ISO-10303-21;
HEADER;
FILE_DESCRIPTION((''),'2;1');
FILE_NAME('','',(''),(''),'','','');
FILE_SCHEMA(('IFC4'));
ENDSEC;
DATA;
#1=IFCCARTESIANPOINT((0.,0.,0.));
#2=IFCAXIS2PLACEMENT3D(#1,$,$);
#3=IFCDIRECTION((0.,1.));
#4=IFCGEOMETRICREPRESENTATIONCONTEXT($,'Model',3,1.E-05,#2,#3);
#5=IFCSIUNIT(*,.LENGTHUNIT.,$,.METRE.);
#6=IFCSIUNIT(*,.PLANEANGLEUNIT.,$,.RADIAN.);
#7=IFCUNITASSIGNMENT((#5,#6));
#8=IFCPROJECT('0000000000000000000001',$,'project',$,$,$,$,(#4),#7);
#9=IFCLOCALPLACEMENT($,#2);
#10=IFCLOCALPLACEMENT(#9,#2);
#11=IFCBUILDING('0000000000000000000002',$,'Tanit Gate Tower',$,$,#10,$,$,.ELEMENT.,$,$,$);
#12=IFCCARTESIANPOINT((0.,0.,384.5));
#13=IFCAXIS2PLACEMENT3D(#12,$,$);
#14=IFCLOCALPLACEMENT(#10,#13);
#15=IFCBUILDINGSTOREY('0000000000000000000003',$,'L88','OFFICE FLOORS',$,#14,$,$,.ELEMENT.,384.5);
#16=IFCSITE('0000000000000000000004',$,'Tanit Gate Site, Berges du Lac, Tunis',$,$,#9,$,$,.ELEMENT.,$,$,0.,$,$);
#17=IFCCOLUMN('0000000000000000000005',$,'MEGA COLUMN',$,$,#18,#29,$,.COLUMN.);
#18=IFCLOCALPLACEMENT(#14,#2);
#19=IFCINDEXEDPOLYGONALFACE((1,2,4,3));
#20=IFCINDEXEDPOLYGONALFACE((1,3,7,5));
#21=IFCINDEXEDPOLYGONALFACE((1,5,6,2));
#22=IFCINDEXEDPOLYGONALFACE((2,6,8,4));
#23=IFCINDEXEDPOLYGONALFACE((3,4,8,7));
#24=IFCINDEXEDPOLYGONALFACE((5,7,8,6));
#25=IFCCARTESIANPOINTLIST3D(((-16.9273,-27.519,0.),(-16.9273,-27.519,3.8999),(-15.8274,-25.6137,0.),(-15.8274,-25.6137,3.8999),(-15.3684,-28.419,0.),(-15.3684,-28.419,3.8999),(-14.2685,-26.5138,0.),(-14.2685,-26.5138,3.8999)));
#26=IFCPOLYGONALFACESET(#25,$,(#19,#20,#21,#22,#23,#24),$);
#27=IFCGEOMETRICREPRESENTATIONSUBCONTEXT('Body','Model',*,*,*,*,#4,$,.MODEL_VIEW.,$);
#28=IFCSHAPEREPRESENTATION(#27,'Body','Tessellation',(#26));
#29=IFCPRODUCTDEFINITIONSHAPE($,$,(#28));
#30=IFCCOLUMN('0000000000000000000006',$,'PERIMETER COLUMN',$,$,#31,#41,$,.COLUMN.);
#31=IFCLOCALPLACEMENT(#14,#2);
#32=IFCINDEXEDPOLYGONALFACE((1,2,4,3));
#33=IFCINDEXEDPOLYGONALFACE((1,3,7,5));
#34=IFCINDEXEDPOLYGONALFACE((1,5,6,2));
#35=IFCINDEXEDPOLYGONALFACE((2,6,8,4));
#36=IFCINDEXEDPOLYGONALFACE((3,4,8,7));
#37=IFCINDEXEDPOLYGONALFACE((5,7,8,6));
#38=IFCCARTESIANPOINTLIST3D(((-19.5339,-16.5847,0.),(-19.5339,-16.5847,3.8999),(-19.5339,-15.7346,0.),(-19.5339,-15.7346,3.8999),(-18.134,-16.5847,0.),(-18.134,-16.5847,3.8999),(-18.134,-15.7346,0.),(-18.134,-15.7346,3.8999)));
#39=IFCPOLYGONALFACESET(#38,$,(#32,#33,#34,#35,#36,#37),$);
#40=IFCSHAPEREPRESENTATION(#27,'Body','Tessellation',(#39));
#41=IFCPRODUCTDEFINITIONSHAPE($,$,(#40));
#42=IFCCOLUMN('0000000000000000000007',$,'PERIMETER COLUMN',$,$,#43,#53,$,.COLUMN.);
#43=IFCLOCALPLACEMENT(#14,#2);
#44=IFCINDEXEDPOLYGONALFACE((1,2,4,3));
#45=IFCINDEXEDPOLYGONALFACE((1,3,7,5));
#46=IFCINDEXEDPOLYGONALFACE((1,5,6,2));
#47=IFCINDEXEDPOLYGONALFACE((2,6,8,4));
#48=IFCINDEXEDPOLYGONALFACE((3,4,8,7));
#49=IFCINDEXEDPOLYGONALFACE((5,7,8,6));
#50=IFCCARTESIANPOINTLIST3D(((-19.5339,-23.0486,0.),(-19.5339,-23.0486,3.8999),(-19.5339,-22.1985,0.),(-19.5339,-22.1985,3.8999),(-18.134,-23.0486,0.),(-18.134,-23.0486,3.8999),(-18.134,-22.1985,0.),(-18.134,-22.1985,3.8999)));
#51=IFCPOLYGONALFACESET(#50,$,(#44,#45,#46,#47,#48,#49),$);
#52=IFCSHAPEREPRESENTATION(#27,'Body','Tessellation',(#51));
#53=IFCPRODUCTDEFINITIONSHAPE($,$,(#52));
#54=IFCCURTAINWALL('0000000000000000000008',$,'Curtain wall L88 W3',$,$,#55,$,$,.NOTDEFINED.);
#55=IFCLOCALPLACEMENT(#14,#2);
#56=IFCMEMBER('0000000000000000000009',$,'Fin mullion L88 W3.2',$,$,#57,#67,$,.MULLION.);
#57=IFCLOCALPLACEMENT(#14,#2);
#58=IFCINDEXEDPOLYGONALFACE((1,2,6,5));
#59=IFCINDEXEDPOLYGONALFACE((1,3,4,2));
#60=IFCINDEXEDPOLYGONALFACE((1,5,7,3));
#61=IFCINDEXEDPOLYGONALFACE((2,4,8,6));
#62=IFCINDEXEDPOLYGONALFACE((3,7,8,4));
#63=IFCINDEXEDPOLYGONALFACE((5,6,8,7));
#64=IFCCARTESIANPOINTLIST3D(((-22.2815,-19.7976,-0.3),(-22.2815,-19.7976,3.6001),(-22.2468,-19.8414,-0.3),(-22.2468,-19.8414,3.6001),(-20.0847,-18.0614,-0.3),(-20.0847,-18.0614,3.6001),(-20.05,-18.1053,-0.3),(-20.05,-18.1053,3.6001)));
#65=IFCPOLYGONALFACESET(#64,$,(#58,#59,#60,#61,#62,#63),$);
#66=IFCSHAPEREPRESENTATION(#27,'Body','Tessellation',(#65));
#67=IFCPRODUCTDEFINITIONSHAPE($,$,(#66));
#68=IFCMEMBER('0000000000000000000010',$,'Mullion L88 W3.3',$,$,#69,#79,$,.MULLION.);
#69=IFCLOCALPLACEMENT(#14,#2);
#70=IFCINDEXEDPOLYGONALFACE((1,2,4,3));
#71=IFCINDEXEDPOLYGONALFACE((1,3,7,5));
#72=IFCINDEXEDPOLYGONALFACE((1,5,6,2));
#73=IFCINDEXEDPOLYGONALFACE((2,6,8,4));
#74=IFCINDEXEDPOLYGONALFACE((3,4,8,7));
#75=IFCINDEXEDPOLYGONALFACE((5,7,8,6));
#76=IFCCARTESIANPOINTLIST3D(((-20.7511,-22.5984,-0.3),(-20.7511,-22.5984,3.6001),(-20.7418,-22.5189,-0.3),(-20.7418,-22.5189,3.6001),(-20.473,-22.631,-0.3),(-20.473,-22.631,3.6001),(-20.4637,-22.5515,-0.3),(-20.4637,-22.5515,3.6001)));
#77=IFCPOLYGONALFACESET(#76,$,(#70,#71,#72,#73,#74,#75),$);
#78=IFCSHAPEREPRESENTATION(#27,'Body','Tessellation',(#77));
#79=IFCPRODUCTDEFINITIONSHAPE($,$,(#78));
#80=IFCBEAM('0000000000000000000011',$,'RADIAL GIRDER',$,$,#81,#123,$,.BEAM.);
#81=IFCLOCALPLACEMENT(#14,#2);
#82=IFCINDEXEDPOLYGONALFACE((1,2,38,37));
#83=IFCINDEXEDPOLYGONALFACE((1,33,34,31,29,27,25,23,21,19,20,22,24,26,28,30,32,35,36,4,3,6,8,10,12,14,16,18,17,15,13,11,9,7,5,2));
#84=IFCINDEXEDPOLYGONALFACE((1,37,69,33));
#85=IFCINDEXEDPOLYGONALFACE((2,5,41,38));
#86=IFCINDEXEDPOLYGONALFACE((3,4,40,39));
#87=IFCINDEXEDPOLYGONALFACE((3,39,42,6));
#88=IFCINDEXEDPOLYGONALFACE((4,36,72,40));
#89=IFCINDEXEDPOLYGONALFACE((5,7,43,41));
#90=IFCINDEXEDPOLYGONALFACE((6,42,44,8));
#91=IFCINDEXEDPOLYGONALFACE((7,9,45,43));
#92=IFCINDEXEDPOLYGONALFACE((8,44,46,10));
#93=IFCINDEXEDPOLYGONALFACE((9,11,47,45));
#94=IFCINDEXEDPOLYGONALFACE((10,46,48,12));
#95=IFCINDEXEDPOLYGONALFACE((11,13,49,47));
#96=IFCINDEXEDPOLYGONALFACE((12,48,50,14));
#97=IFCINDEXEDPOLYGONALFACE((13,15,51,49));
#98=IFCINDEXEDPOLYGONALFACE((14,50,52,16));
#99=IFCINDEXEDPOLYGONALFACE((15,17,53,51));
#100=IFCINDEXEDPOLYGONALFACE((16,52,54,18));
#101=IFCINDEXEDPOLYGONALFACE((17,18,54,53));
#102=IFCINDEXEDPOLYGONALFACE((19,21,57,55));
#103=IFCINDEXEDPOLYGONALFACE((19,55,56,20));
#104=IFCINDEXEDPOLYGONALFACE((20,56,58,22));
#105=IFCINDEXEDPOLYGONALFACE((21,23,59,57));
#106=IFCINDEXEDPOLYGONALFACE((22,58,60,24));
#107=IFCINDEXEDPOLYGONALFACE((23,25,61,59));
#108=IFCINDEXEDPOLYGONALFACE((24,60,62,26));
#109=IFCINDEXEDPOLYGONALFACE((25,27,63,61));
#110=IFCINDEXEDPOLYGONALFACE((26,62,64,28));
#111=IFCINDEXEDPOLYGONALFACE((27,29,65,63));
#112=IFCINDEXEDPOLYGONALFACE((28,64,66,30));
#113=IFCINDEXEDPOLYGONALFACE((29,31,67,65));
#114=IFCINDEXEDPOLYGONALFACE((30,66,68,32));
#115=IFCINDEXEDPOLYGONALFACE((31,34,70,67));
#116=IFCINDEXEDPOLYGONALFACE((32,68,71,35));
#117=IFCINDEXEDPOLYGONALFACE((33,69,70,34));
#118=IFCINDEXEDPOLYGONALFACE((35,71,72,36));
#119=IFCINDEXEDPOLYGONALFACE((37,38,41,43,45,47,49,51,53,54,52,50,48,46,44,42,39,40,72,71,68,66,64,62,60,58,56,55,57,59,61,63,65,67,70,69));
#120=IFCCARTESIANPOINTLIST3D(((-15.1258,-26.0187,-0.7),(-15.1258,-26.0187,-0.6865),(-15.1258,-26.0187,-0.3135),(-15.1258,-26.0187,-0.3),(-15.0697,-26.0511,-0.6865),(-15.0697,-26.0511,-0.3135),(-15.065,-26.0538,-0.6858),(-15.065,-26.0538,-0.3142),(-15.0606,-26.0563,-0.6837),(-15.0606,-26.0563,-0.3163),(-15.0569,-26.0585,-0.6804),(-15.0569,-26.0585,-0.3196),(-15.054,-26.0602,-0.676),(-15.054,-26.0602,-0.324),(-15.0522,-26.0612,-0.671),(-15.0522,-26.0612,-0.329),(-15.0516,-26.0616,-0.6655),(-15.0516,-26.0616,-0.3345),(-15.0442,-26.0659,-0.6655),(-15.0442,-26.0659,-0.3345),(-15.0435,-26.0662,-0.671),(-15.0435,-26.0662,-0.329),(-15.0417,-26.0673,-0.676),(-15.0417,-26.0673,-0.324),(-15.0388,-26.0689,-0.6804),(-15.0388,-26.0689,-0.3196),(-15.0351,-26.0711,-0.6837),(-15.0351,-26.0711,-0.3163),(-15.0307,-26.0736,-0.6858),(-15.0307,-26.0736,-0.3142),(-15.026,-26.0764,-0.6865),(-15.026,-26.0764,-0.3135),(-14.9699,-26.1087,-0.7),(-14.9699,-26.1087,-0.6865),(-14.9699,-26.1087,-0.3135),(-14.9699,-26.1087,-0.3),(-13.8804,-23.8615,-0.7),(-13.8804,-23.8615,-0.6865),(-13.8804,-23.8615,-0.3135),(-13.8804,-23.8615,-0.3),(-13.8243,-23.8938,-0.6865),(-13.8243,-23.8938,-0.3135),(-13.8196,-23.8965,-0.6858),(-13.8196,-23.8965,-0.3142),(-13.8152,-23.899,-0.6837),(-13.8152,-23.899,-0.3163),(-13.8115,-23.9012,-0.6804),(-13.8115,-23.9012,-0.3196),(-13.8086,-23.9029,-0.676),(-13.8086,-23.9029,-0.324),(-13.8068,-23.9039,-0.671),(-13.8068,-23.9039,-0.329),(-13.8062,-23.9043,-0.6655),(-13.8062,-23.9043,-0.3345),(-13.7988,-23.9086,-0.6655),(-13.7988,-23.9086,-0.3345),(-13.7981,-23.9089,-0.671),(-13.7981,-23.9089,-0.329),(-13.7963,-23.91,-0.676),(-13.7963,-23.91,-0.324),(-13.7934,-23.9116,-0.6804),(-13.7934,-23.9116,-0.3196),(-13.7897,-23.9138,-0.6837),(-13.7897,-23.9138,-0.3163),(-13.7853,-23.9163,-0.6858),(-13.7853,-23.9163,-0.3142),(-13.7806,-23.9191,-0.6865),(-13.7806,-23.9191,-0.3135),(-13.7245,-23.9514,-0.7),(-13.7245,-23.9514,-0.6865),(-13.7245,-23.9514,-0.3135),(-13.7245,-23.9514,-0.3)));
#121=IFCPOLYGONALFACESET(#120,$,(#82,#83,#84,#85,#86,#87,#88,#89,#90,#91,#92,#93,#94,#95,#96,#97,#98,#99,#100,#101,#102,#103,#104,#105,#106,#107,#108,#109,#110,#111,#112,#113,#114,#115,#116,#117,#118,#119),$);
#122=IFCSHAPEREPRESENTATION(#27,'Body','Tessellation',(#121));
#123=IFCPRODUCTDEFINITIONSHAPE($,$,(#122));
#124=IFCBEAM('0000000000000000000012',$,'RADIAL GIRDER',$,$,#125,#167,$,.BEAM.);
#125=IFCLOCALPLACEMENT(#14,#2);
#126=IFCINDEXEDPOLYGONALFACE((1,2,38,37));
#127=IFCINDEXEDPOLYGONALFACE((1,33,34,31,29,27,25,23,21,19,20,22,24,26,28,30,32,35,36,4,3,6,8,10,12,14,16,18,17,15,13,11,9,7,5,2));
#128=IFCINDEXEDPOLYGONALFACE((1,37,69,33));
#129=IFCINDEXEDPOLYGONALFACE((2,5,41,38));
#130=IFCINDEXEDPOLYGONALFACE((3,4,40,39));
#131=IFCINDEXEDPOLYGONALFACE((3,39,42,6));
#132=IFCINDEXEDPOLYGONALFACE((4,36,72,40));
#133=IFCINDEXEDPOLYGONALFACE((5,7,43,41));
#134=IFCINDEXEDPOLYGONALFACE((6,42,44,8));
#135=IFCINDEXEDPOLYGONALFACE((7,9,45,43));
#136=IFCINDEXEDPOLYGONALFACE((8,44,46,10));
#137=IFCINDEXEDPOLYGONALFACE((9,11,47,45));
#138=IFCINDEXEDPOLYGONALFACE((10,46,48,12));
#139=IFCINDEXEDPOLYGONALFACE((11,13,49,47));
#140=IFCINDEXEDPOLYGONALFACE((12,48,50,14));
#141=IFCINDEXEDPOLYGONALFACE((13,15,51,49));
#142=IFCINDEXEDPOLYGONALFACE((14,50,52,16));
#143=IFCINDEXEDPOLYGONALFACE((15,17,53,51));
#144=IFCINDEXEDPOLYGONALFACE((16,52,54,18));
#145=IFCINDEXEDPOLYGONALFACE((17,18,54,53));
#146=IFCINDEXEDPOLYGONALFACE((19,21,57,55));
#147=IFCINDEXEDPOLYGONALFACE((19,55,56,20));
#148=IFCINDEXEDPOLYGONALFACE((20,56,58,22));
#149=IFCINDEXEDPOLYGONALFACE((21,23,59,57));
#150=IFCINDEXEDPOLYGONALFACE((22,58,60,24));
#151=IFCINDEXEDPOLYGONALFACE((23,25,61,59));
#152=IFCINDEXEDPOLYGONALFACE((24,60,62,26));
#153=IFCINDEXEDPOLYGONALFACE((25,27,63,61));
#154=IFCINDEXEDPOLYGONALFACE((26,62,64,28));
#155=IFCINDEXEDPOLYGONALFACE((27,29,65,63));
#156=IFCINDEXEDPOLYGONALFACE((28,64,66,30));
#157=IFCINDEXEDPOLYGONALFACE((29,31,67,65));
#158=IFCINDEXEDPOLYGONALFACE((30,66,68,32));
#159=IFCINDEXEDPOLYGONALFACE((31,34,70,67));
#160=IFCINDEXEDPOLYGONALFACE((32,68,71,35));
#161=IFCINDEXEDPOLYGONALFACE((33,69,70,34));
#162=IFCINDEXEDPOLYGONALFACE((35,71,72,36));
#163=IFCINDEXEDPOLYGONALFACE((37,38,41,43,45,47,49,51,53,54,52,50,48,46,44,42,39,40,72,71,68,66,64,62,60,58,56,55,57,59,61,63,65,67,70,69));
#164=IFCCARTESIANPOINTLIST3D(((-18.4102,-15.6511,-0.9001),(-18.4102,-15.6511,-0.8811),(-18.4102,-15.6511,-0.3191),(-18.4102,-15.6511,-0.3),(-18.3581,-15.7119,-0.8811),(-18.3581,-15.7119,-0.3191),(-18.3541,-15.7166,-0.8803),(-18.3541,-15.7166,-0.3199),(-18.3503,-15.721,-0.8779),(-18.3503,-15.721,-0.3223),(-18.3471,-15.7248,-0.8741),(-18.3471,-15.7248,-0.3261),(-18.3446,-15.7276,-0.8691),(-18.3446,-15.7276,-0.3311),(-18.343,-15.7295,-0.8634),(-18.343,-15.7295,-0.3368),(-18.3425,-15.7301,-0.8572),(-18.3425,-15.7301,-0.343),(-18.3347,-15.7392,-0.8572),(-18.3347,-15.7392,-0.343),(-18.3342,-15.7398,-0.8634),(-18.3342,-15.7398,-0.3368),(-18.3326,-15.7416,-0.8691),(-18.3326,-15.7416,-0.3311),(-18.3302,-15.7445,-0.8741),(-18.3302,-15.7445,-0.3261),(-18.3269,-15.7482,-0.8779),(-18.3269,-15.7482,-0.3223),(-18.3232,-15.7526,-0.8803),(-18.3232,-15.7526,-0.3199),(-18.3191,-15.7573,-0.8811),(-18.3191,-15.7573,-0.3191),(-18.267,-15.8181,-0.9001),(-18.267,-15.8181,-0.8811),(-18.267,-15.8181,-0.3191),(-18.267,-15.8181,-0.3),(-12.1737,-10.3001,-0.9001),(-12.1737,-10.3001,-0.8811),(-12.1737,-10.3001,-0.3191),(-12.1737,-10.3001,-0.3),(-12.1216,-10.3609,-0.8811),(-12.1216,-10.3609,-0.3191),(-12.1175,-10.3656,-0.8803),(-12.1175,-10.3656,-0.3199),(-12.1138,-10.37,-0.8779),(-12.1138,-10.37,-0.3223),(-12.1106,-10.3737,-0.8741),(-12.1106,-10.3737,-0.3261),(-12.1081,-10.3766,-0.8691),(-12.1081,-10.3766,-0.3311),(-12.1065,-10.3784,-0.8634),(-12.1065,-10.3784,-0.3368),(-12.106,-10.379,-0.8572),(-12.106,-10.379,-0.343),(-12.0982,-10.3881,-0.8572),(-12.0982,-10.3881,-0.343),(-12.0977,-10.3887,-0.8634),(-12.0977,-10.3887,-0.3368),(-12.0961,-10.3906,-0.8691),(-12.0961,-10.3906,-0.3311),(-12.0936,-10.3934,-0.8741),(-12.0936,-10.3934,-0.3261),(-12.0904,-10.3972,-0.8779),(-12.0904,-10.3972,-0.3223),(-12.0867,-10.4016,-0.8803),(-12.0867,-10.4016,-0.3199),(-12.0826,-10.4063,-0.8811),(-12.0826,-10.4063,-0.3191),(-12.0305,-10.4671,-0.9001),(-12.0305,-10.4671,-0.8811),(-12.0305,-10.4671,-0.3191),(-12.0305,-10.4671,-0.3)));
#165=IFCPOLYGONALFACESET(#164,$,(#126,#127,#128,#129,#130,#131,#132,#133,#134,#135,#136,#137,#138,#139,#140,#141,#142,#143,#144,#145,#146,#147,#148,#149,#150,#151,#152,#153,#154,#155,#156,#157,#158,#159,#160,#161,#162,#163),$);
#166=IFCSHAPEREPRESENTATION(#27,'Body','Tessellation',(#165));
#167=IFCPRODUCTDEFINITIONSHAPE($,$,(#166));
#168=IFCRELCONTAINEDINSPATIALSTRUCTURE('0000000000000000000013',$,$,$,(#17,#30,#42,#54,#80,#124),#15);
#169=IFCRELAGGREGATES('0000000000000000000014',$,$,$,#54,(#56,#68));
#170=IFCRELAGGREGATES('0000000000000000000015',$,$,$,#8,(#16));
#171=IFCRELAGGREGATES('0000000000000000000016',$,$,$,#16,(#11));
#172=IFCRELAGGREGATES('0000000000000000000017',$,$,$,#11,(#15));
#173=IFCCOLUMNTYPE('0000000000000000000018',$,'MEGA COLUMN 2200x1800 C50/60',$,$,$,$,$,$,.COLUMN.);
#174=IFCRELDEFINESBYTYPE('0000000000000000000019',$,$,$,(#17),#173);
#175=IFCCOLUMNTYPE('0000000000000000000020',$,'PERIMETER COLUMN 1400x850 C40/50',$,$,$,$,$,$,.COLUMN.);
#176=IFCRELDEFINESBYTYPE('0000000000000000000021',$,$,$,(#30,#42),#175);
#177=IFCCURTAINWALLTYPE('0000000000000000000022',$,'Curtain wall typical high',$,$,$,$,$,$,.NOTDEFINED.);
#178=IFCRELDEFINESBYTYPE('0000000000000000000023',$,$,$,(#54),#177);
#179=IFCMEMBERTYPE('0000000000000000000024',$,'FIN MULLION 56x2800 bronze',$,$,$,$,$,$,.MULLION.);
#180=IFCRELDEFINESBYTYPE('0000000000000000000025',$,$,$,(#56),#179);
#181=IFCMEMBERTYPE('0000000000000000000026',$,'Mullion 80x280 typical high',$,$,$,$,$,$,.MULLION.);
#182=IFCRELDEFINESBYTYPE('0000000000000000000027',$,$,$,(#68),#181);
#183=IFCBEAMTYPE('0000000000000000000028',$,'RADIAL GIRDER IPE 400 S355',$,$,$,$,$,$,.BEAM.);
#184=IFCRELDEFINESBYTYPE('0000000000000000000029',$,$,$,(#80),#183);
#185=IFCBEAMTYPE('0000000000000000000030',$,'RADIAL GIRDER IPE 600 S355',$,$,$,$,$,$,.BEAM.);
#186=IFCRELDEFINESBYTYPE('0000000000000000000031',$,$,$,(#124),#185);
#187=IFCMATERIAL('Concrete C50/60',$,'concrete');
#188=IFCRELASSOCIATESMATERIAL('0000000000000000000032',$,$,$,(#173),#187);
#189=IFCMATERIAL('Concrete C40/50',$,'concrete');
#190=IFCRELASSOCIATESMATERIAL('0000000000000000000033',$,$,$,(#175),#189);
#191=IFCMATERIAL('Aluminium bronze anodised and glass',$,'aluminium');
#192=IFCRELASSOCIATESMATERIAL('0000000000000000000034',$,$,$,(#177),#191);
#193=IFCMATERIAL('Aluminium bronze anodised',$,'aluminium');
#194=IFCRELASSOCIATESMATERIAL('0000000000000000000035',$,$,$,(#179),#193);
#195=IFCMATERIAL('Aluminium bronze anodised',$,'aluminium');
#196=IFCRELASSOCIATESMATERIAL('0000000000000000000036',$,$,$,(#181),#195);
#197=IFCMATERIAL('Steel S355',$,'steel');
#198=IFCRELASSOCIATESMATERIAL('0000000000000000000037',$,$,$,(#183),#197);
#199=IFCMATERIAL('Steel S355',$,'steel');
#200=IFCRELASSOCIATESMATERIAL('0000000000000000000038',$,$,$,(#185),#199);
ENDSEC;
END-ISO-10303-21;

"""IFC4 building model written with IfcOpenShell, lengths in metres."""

from ifc_helpers import new_model, si_unit, direction, frame, origin, origin_2d, place, context, subcontext, project, spatial, rectangle, i_section, extrude, material, material_profile, profile_set, type_object, element, aggregate, save


model = new_model("IFC4")

# Units and contexts
model_context = context("Model", 3, precision=1e-05, world=origin(), true_north=direction((0.0, 1.0)))
body_context = subcontext(model_context, "Body", "Model", "MODEL_VIEW")
ifc_project = project(units=[si_unit("LENGTHUNIT", "METRE"), si_unit("PLANEANGLEUNIT", "RADIAN")], contexts=[model_context])

# Site, building, storey
site_placement = place(None, origin())
site = spatial("IfcSite", under=ifc_project, at=site_placement, Name="Tanit Gate Site, Berges du Lac, Tunis", CompositionType="ELEMENT", RefElevation=0.0)
building_placement = place(site_placement, origin())
building = spatial("IfcBuilding", under=site, at=building_placement, Name="Tanit Gate Tower", CompositionType="ELEMENT")
storey_placement = place(building_placement, frame((0.0, 0.0, 384.5)))
storey = spatial("IfcBuildingStorey", under=building, at=storey_placement, Name="L88", Description="OFFICE FLOORS", CompositionType="ELEMENT", Elevation=384.5)

# Columns
ifc_material_1 = material(Name="Concrete C50/60", Category="concrete")
ifc_material_profile_1 = material_profile(ifc_material_1, rectangle(XDim=2.2, YDim=1.8, at=origin_2d()), Name="RC 2200x1800")
ifc_profile_set_1 = profile_set([ifc_material_profile_1], Name="Concrete C50/60")
column_type_1 = type_object("IfcColumnType", Name="MEGA COLUMN 2200x1800 C50/60", PredefinedType="COLUMN", material=ifc_profile_set_1)
column_placement = place(storey_placement, frame((-15.5979, -27.0164, 0.0), z_axis=(0.0, 0.0, 1.0), x_axis=(-0.5, -0.866025, 0.0)))
element("IfcColumn", 1, at=column_placement, inside=storey, type_object=column_type_1, Name="MEGA COLUMN", PredefinedType="COLUMN", context=body_context, shape_type="SweptSolid", body=[
    extrude(rectangle(XDim=2.2, YDim=1.8, at=origin_2d()), origin(), (0.0, 0.0, 1.0), 3.8999),
])
ifc_material_2 = material(Name="Concrete C40/50", Category="concrete")
ifc_material_profile_2 = material_profile(ifc_material_2, rectangle(XDim=1.3999, YDim=0.8501, at=origin_2d()), Name="RC 1400x850")
ifc_profile_set_2 = profile_set([ifc_material_profile_2], Name="Concrete C40/50")
column_type_2 = type_object("IfcColumnType", Name="PERIMETER COLUMN 1400x850 C40/50", PredefinedType="COLUMN", material=ifc_profile_set_2)
for number, where, z_axis, x_axis, name in (
    (2, (-18.834, -16.1597, 0.0), (0.0, 0.0, 1.0), (-1.0, 0.0, 0.0), "PERIMETER COLUMN"),
    (3, (-18.834, -22.6235, 0.0), (0.0, 0.0, 1.0), (-1.0, 0.0, 0.0), "PERIMETER COLUMN"),
):
    element("IfcColumn", number, at=place(storey_placement, frame(where, z_axis=z_axis, x_axis=x_axis)), inside=storey, type_object=column_type_2, Name=name, PredefinedType="COLUMN", context=body_context, shape_type="SweptSolid", body=[
        extrude(rectangle(XDim=1.3999, YDim=0.8501, at=origin_2d()), origin(), (0.0, 0.0, 1.0), 3.8999),
    ])

# Curtain wall, members
ifc_material_3 = material(Name="Aluminium bronze anodised and glass", Category="aluminium")
curtain_wall_type = type_object("IfcCurtainWallType", Name="Curtain wall typical high", PredefinedType="NOTDEFINED", material=ifc_material_3)
curtain_wall_placement = place(storey_placement, origin())
curtain_wall = element("IfcCurtainWall", 4, at=curtain_wall_placement, inside=storey, type_object=curtain_wall_type, Name="Curtain wall L88 W3", PredefinedType="NOTDEFINED")
ifc_material_4 = material(Name="Aluminium bronze anodised", Category="aluminium")
ifc_material_profile_3 = material_profile(ifc_material_4, rectangle(XDim=2.8, YDim=0.0559, at=origin_2d()), Name="56x2800 bronze fin mullion")
ifc_profile_set_3 = profile_set([ifc_material_profile_3], Name="Aluminium bronze anodised")
member_type_1 = type_object("IfcMemberType", Name="FIN MULLION 56x2800 bronze", PredefinedType="MULLION", material=ifc_profile_set_3)
member_1_placement = place(storey_placement, frame((-21.1658, -18.9514, -0.3), z_axis=(0.0, 0.0, 1.0), x_axis=(0.784556, 0.620058, 0.0)))
member_1 = element("IfcMember", 5, at=member_1_placement, type_object=member_type_1, Name="Fin mullion L88 W3.2", PredefinedType="MULLION", context=body_context, shape_type="SweptSolid", body=[
    extrude(rectangle(XDim=2.8, YDim=0.0559, at=origin_2d()), origin(), (0.0, 0.0, 1.0), 3.9001),
])
ifc_material_5 = material(Name="Aluminium bronze anodised", Category="aluminium")
ifc_material_profile_4 = material_profile(ifc_material_5, rectangle(XDim=0.28, YDim=0.0801, at=origin_2d()), Name="80x280 bronze mullion")
ifc_profile_set_4 = profile_set([ifc_material_profile_4], Name="Aluminium bronze anodised")
member_type_2 = type_object("IfcMemberType", Name="Mullion 80x280 typical high", PredefinedType="MULLION", material=ifc_profile_set_4)
member_2_placement = place(storey_placement, frame((-20.6074, -22.575, -0.3), z_axis=(0.0, 0.0, 1.0), x_axis=(0.993212, -0.116318, 0.0)))
member_2 = element("IfcMember", 6, at=member_2_placement, type_object=member_type_2, Name="Mullion L88 W3.3", PredefinedType="MULLION", context=body_context, shape_type="SweptSolid", body=[
    extrude(rectangle(XDim=0.28, YDim=0.0801, at=origin_2d()), origin(), (0.0, 0.0, 1.0), 3.9001),
])

# Beams
ifc_material_6 = material(Name="Steel S355", Category="steel")
ifc_material_profile_5 = material_profile(ifc_material_6, i_section(OverallWidth=0.1799, OverallDepth=0.3999, WebThickness=0.0085, FlangeThickness=0.0134, FilletRadius=0.021, at=origin_2d()), Name="IPE 400")
ifc_profile_set_5 = profile_set([ifc_material_profile_5], Name="Steel S355")
beam_type_1 = type_object("IfcBeamType", Name="RADIAL GIRDER IPE 400 S355", PredefinedType="BEAM", material=ifc_profile_set_5)
beam_1_placement = place(storey_placement, frame((-15.0479, -26.0637, -0.5), z_axis=(0.499966, 0.866045, 0.0), x_axis=(-0.866045, 0.499966, 0.0)))
element("IfcBeam", 7, at=beam_1_placement, inside=storey, type_object=beam_type_1, Name="RADIAL GIRDER", PredefinedType="BEAM", context=body_context, shape_type="SweptSolid", body=[
    extrude(i_section(OverallWidth=0.1799, OverallDepth=0.3999, WebThickness=0.0085, FlangeThickness=0.0134, FilletRadius=0.021, at=origin_2d()), origin(), (0.0, 0.0, 1.0), 2.491),
])
ifc_material_7 = material(Name="Steel S355", Category="steel")
ifc_material_profile_6 = material_profile(ifc_material_7, i_section(OverallWidth=0.22, OverallDepth=0.6001, WebThickness=0.012, FlangeThickness=0.019, FilletRadius=0.0239, at=origin_2d()), Name="IPE 600")
ifc_profile_set_6 = profile_set([ifc_material_profile_6], Name="Steel S355")
beam_type_2 = type_object("IfcBeamType", Name="RADIAL GIRDER IPE 600 S355", PredefinedType="BEAM", material=ifc_profile_set_6)
beam_2_placement = place(storey_placement, frame((-18.3386, -15.7346, -0.6001), z_axis=(0.758929, 0.651173, 0.0), x_axis=(-0.651173, 0.758929, 0.0)))
element("IfcBeam", 8, at=beam_2_placement, inside=storey, type_object=beam_type_2, Name="RADIAL GIRDER", PredefinedType="BEAM", context=body_context, shape_type="SweptSolid", body=[
    extrude(i_section(OverallWidth=0.22, OverallDepth=0.6001, WebThickness=0.012, FlangeThickness=0.019, FilletRadius=0.0239, at=origin_2d()), origin(), (0.0, 0.0, 1.0), 8.2175),
])

aggregate(curtain_wall, [member_1, member_2])

save(model, "model.ifc")
